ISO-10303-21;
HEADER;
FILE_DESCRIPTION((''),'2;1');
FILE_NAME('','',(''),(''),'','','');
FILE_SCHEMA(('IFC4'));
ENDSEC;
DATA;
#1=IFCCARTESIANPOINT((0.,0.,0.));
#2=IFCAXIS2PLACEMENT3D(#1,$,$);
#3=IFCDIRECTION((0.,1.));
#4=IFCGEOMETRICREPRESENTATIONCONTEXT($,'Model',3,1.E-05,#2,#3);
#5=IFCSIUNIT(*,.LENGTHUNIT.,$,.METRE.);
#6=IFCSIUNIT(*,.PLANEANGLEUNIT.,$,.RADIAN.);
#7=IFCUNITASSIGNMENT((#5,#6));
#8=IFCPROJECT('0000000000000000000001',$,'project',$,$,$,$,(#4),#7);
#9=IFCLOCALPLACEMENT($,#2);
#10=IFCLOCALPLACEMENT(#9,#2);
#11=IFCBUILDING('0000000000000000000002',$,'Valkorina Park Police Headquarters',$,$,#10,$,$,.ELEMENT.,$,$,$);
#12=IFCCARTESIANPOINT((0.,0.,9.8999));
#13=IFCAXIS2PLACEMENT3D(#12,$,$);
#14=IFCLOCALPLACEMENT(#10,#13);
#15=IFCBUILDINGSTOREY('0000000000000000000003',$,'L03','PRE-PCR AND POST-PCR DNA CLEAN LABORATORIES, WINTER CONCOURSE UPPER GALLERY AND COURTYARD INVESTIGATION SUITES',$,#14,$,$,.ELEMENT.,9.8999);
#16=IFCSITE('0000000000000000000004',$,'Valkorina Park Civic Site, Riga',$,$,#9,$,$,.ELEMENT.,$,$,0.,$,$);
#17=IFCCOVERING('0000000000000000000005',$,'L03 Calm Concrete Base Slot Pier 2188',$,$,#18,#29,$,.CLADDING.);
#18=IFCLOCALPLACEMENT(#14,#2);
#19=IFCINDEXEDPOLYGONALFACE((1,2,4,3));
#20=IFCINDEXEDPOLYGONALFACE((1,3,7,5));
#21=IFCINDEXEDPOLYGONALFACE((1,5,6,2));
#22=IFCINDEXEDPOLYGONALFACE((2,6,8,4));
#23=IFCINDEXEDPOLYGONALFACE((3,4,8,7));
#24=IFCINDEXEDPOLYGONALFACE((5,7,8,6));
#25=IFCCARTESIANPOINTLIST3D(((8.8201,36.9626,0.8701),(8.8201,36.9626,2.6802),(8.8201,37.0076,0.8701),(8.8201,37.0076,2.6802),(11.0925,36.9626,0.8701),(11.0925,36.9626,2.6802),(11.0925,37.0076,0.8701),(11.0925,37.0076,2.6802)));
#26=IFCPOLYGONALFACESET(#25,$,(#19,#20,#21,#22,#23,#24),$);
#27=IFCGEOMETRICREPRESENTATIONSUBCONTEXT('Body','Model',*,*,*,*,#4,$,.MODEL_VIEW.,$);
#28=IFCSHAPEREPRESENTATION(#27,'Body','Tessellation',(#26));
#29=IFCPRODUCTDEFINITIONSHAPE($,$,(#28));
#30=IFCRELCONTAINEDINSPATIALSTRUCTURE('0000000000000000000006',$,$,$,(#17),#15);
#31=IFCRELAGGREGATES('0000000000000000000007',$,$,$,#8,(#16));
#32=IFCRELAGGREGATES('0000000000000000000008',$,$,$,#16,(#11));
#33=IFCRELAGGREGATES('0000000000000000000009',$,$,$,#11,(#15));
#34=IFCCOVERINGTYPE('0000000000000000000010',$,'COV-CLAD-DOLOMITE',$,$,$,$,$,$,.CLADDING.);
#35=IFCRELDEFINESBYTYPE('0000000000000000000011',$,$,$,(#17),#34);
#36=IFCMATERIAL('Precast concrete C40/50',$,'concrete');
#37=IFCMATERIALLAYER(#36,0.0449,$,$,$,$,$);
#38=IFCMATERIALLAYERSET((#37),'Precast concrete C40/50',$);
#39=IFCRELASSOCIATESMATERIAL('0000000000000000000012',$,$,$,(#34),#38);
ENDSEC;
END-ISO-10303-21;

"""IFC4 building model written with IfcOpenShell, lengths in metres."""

from ifc_helpers import new_model, si_unit, direction, frame, frame_2d, origin, place, context, subcontext, project, spatial, rectangle, extrude, material, layer, layer_set, type_object, element, save


model = new_model("IFC4")

# Units and contexts
model_context = context("Model", 3, precision=1e-05, world=origin(), true_north=direction((0.0, 1.0)))
body_context = subcontext(model_context, "Body", "Model", "MODEL_VIEW")
ifc_project = project(units=[si_unit("LENGTHUNIT", "METRE"), si_unit("PLANEANGLEUNIT", "RADIAN")], contexts=[model_context])

# Site, building, storey
site_placement = place(None, origin())
site = spatial("IfcSite", under=ifc_project, at=site_placement, Name="Valkorina Park Civic Site, Riga", CompositionType="ELEMENT", RefElevation=0.0)
building_placement = place(site_placement, origin())
building = spatial("IfcBuilding", under=site, at=building_placement, Name="Valkorina Park Police Headquarters", CompositionType="ELEMENT")
storey_placement = place(building_placement, frame((0.0, 0.0, 9.8999)))
storey = spatial("IfcBuildingStorey", under=building, at=storey_placement, Name="L03", Description="PRE-PCR AND POST-PCR DNA CLEAN LABORATORIES, WINTER CONCOURSE UPPER GALLERY AND COURTYARD INVESTIGATION SUITES", CompositionType="ELEMENT", Elevation=9.8999)

# Covering
ifc_material_1 = material(Name="Precast concrete C40/50", Category="concrete")
ifc_layer_1 = layer(ifc_material_1, 0.0449)
ifc_layer_set_1 = layer_set([ifc_layer_1], Name="Precast concrete C40/50")
covering_type = type_object("IfcCoveringType", Name="COV-CLAD-DOLOMITE", PredefinedType="CLADDING", material=ifc_layer_set_1)
covering_1_placement = place(storey_placement, frame((11.0925, 36.9851, 0.8701), z_axis=(0.0, 0.0, 1.0), x_axis=(-1.0, 0.0, 0.0)))
element("IfcCovering", 1, at=covering_1_placement, inside=storey, type_object=covering_type, Name="L03 Calm Concrete Base Slot Pier 2188", PredefinedType="CLADDING", context=body_context, shape_type="SweptSolid", body=[
    extrude(rectangle(XDim=2.2725, YDim=0.0449, at=frame_2d((1.1362, 0.0))), origin(), (0.0, 0.0, 1.0), 1.8101),
])

save(model, "model.ifc")
